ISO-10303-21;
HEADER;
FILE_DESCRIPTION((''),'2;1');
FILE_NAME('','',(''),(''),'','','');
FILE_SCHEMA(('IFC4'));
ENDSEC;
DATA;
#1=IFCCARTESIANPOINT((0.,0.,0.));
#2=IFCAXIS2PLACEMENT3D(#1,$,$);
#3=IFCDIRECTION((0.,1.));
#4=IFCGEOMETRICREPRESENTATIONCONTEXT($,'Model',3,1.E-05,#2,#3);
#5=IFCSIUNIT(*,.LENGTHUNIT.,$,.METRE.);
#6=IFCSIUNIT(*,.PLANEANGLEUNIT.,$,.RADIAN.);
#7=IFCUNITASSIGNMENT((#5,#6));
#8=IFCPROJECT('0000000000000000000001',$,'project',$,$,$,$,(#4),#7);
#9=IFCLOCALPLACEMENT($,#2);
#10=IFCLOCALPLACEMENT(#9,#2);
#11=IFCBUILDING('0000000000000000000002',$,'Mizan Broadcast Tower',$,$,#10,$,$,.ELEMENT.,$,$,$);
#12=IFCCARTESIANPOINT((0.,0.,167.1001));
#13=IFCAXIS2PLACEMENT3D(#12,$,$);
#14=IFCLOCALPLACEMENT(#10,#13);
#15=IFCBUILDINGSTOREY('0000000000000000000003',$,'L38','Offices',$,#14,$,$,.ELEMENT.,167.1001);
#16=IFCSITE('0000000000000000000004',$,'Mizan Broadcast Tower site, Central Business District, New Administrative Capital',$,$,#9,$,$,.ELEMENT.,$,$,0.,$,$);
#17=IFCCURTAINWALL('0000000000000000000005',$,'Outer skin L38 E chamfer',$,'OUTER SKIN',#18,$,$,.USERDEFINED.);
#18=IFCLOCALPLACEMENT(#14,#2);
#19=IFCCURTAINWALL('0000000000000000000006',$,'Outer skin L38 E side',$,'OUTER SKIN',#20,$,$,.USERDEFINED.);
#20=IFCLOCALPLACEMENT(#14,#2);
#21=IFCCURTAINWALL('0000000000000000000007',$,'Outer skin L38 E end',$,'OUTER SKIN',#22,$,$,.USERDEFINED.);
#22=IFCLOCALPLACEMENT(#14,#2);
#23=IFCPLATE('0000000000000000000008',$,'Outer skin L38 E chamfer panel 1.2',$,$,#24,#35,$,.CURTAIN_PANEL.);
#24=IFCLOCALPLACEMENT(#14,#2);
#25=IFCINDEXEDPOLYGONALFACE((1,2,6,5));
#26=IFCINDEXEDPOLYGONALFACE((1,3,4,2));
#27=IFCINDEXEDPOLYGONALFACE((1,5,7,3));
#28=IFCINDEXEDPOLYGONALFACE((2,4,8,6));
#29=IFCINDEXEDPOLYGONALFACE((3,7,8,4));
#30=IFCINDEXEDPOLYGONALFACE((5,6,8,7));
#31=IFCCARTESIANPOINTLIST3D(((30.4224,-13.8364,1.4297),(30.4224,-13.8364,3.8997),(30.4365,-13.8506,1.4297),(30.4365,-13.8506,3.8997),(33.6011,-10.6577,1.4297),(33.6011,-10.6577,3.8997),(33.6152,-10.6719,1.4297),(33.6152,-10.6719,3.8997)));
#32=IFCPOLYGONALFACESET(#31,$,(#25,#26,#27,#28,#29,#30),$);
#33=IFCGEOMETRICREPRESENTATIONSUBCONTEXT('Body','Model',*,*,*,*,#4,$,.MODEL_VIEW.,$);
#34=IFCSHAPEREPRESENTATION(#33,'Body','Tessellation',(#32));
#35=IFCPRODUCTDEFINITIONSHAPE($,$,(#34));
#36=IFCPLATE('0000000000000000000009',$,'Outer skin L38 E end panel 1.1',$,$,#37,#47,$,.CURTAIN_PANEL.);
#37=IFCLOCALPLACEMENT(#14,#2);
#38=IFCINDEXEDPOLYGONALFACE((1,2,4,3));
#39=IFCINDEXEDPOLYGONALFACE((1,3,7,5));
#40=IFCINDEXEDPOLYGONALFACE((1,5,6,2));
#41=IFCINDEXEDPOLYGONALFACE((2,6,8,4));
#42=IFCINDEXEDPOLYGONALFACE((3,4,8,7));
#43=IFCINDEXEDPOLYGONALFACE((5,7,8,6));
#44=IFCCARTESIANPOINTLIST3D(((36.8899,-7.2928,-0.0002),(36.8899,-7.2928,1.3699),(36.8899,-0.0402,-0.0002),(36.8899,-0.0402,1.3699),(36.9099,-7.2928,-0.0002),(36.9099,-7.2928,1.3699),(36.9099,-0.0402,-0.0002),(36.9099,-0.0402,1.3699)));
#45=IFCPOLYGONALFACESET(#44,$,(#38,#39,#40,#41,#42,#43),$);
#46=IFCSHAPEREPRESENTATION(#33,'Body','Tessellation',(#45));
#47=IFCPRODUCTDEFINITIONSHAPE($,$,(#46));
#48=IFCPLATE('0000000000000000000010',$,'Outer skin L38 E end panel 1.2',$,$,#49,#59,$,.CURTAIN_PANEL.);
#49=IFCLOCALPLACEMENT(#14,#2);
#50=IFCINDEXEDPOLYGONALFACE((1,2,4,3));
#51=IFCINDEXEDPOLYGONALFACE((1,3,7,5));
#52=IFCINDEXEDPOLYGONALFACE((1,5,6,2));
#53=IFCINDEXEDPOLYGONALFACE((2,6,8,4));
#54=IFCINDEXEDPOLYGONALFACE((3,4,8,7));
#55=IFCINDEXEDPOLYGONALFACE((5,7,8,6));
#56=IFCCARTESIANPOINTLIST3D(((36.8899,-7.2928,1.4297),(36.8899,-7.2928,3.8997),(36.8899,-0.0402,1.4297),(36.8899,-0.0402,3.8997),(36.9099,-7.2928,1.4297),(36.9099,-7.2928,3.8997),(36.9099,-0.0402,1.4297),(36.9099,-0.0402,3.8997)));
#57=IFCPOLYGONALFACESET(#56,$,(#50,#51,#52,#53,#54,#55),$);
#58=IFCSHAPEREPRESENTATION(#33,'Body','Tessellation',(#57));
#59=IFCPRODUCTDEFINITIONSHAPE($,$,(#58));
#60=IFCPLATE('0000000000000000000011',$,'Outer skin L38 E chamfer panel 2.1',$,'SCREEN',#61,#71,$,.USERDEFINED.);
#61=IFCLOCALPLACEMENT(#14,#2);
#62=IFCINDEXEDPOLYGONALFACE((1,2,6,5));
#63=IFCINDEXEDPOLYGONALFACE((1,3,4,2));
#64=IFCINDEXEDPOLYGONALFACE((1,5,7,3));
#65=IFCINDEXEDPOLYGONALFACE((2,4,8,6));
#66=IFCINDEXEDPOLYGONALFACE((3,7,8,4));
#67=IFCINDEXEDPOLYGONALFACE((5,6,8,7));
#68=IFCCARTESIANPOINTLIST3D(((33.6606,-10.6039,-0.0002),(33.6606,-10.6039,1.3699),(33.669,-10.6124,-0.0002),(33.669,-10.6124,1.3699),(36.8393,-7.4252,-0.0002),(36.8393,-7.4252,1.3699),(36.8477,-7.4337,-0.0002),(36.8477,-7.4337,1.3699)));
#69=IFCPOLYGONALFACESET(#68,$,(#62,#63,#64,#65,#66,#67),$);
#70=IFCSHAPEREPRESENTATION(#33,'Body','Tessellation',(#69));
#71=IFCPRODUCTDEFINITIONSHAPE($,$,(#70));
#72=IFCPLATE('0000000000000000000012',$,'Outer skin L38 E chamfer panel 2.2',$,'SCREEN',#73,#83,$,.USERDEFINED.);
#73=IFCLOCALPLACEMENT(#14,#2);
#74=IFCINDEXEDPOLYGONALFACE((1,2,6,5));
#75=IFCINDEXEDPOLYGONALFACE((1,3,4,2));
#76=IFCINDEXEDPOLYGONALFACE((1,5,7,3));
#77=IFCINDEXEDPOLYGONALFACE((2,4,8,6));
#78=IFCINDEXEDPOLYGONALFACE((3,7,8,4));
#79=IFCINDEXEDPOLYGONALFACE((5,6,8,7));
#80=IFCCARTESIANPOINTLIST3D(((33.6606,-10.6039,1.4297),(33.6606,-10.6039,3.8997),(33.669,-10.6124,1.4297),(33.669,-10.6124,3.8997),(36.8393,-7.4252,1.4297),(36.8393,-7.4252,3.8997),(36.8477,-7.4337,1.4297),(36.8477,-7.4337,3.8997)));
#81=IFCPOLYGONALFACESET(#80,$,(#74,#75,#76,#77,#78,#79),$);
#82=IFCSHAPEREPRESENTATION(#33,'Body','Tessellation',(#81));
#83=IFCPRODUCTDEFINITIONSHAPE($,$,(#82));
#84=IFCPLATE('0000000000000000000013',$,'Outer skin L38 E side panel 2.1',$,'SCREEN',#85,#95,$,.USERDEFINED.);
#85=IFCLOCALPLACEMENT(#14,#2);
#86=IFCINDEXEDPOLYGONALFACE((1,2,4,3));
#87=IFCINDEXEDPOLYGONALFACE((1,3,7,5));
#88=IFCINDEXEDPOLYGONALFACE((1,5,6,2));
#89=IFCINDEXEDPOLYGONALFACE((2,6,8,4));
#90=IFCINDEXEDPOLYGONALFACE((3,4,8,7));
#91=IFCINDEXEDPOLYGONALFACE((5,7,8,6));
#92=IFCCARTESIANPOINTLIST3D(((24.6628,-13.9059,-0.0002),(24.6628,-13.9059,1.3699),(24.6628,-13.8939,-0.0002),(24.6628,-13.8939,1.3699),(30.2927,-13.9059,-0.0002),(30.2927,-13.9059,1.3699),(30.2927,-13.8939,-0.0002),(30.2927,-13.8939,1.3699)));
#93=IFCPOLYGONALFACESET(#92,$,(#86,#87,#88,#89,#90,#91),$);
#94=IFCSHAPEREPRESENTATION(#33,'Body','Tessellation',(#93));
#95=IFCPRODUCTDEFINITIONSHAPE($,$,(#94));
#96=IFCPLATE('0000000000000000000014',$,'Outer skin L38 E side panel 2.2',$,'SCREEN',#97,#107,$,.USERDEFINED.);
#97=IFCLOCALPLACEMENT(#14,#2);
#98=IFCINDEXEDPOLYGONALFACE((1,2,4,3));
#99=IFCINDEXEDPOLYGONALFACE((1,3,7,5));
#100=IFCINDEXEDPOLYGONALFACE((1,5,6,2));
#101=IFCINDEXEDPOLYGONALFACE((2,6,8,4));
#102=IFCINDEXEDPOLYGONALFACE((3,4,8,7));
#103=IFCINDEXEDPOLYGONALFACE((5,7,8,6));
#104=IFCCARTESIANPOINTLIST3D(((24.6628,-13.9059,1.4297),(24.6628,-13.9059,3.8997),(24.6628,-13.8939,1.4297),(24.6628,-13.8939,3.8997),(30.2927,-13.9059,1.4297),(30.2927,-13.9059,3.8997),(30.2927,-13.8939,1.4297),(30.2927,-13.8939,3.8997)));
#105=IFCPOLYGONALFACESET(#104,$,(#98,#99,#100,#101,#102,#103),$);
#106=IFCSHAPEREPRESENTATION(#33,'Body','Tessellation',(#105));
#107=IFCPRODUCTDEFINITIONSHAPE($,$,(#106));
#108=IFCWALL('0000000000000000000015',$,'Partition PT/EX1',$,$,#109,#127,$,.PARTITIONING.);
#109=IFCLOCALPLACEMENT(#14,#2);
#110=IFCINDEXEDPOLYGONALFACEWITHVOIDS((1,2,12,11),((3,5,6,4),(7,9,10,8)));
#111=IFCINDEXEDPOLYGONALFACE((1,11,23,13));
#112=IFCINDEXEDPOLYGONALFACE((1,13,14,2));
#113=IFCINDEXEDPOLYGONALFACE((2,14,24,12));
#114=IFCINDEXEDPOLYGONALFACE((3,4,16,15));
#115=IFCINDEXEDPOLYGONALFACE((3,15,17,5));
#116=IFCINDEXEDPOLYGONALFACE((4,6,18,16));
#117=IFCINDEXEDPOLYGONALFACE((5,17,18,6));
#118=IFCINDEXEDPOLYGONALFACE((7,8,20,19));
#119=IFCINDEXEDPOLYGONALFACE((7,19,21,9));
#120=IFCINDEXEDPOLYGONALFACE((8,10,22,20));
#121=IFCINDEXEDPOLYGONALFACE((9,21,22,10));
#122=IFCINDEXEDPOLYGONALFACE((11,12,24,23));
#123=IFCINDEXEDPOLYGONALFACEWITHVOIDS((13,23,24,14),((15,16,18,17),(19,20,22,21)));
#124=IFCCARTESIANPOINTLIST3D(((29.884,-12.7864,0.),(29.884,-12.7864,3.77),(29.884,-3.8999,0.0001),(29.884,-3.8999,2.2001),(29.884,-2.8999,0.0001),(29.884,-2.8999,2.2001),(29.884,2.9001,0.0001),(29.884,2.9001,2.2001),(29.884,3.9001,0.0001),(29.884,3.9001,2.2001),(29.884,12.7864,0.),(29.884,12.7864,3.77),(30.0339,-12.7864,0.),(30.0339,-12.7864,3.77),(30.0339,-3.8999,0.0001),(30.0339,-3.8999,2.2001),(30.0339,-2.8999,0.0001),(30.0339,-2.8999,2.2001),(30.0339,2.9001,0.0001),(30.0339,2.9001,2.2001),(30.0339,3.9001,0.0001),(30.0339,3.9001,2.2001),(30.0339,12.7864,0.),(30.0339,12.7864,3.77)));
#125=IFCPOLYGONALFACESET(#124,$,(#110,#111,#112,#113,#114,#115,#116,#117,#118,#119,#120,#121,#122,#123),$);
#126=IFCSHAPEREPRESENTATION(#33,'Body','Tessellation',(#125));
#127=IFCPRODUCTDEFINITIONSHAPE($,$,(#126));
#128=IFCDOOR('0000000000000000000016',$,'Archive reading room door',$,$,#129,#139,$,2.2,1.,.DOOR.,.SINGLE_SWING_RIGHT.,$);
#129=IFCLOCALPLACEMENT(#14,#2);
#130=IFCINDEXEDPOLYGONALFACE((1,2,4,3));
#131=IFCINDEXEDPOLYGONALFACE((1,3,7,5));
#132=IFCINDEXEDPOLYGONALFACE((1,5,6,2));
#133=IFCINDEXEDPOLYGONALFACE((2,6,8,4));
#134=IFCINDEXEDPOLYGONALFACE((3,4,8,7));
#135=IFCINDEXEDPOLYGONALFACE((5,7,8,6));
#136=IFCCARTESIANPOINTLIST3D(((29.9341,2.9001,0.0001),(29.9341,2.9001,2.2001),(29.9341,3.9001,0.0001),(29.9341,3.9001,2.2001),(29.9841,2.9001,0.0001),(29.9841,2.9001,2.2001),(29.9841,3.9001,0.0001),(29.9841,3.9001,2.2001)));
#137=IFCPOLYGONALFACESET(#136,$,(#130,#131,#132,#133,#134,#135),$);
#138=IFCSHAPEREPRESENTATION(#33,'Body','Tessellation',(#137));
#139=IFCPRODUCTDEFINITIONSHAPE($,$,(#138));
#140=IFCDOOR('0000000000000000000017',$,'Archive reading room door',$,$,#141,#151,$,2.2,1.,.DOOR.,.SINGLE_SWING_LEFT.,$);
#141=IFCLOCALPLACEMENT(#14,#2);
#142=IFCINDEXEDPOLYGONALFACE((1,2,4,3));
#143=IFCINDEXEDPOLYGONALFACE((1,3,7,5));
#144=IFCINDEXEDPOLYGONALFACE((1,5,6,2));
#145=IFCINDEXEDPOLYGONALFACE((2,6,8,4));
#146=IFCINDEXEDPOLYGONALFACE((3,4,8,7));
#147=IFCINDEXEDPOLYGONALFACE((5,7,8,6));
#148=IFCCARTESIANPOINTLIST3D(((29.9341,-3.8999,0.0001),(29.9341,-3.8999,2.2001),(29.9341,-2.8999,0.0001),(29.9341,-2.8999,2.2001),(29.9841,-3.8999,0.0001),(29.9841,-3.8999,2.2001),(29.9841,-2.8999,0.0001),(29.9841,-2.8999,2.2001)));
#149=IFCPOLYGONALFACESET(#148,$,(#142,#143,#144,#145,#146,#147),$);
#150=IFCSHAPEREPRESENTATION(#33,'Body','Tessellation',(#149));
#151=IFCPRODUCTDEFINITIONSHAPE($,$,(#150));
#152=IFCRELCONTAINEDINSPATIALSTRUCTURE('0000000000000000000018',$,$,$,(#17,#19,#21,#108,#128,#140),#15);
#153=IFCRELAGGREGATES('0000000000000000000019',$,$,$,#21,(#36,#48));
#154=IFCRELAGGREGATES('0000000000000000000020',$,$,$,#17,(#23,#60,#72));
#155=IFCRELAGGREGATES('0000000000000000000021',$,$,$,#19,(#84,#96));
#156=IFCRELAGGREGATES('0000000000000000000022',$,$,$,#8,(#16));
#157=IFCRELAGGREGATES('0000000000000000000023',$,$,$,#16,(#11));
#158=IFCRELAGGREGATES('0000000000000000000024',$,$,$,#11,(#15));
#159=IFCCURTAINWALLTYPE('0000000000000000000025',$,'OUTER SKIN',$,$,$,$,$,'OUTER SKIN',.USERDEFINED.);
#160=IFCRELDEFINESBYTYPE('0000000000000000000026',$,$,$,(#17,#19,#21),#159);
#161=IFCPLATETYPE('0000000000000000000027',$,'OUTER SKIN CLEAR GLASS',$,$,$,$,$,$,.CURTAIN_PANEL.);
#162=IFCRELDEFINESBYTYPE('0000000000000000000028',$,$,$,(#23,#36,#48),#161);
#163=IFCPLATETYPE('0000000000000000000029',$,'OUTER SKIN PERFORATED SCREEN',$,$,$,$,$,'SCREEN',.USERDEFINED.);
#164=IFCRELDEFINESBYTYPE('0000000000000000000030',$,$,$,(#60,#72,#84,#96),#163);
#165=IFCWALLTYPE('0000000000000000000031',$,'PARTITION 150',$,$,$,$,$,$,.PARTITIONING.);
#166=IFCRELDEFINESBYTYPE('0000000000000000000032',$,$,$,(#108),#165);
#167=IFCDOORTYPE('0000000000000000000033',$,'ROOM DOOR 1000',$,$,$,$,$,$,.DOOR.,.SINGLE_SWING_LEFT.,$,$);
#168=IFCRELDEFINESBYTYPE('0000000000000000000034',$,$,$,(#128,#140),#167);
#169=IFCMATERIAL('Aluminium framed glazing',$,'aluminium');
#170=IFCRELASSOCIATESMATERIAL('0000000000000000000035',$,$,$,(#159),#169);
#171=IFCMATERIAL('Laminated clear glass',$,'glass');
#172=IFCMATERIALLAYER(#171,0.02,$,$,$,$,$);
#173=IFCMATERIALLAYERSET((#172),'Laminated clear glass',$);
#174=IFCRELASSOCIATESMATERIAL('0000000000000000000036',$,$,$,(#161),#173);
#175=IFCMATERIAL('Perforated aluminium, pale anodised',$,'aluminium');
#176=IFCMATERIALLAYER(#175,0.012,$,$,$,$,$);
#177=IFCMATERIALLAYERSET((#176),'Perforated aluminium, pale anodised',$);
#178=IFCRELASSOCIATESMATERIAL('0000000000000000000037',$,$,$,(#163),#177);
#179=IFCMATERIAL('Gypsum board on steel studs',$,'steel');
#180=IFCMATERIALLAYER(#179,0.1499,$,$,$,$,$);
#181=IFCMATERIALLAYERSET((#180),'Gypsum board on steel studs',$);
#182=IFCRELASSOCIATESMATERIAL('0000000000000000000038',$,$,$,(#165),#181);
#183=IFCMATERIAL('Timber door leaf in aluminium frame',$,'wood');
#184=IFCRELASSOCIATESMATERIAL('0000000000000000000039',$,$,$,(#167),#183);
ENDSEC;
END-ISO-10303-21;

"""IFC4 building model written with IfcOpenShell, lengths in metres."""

from ifc_helpers import new_model, si_unit, direction, frame, frame_2d, origin, origin_2d, place, context, subcontext, project, spatial, rectangle, extrude, material, layer, layer_set, type_object, element, fill, aggregate, save


model = new_model("IFC4")

# Units and contexts
model_context = context("Model", 3, precision=1e-05, world=origin(), true_north=direction((0.0, 1.0)))
body_context = subcontext(model_context, "Body", "Model", "MODEL_VIEW")
ifc_project = project(units=[si_unit("LENGTHUNIT", "METRE"), si_unit("PLANEANGLEUNIT", "RADIAN")], contexts=[model_context])

# Site, building, storey
site_placement = place(None, origin())
site = spatial("IfcSite", under=ifc_project, at=site_placement, Name="Mizan Broadcast Tower site, Central Business District, New Administrative Capital", CompositionType="ELEMENT", RefElevation=0.0)
building_placement = place(site_placement, origin())
building = spatial("IfcBuilding", under=site, at=building_placement, Name="Mizan Broadcast Tower", CompositionType="ELEMENT")
storey_placement = place(building_placement, frame((0.0, 0.0, 167.1001)))
storey = spatial("IfcBuildingStorey", under=building, at=storey_placement, Name="L38", Description="Offices", CompositionType="ELEMENT", Elevation=167.1001)

# Curtain wall
ifc_material_1 = material(Name="Aluminium framed glazing", Category="aluminium")
curtain_wall_type_1 = type_object("IfcCurtainWallType", Name="OUTER SKIN", ElementType="OUTER SKIN", PredefinedType="USERDEFINED", material=ifc_material_1)
curtain_wall_1_placement = place(storey_placement, origin())
curtain_wall_1 = element("IfcCurtainWall", 1, at=curtain_wall_1_placement, inside=storey, type_object=curtain_wall_type_1, Name="Outer skin L38 E chamfer", ObjectType="OUTER SKIN", PredefinedType="USERDEFINED")

# Curtain wall
curtain_wall_2_placement = place(storey_placement, origin())
curtain_wall_2 = element("IfcCurtainWall", 2, at=curtain_wall_2_placement, inside=storey, type_object=curtain_wall_type_1, Name="Outer skin L38 E side", ObjectType="OUTER SKIN", PredefinedType="USERDEFINED")

# Curtain wall
curtain_wall_3_placement = place(storey_placement, origin())
curtain_wall_3 = element("IfcCurtainWall", 3, at=curtain_wall_3_placement, inside=storey, type_object=curtain_wall_type_1, Name="Outer skin L38 E end", ObjectType="OUTER SKIN", PredefinedType="USERDEFINED")

# Plates
ifc_material_2 = material(Name="Laminated clear glass", Category="glass")
ifc_layer_1 = layer(ifc_material_2, 0.02)
ifc_layer_set_1 = layer_set([ifc_layer_1], Name="Laminated clear glass")
plate_type_1 = type_object("IfcPlateType", Name="OUTER SKIN CLEAR GLASS", PredefinedType="CURTAIN_PANEL", material=ifc_layer_set_1)
plate_1_placement = place(storey_placement, frame((32.0188, -12.2542, 1.4297), z_axis=(0.0, 0.0, 1.0), x_axis=(0.707107, 0.707107, 0.0)))
plate_1 = element("IfcPlate", 4, at=plate_1_placement, type_object=plate_type_1, Name="Outer skin L38 E chamfer panel 1.2", PredefinedType="CURTAIN_PANEL", context=body_context, shape_type="SweptSolid", body=[
    extrude(rectangle(XDim=4.4954, YDim=0.02, at=origin_2d()), origin(), (0.0, 0.0, 1.0), 2.47),
])
plate_2_placement = place(storey_placement, frame((36.8999, -3.6665, -0.0002), z_axis=(0.0, 0.0, 1.0), x_axis=(0.0, 1.0, 0.0)))
plate_2 = element("IfcPlate", 5, at=plate_2_placement, type_object=plate_type_1, Name="Outer skin L38 E end panel 1.1", PredefinedType="CURTAIN_PANEL", context=body_context, shape_type="SweptSolid", body=[
    extrude(rectangle(XDim=7.2527, YDim=0.02, at=origin_2d()), origin(), (0.0, 0.0, 1.0), 1.3701),
])
plate_3_placement = place(storey_placement, frame((36.8999, -3.6665, 1.4297), z_axis=(0.0, 0.0, 1.0), x_axis=(0.0, 1.0, 0.0)))
plate_3 = element("IfcPlate", 6, at=plate_3_placement, type_object=plate_type_1, Name="Outer skin L38 E end panel 1.2", PredefinedType="CURTAIN_PANEL", context=body_context, shape_type="SweptSolid", body=[
    extrude(rectangle(XDim=7.2527, YDim=0.02, at=origin_2d()), origin(), (0.0, 0.0, 1.0), 2.47),
])
aggregate(curtain_wall_3, [plate_2, plate_3])
ifc_material_3 = material(Name="Perforated aluminium, pale anodised", Category="aluminium")
ifc_layer_2 = layer(ifc_material_3, 0.012)
ifc_layer_set_2 = layer_set([ifc_layer_2], Name="Perforated aluminium, pale anodised")
plate_type_2 = type_object("IfcPlateType", Name="OUTER SKIN PERFORATED SCREEN", ElementType="SCREEN", PredefinedType="USERDEFINED", material=ifc_layer_set_2)
plate_4_placement = place(storey_placement, frame((35.2542, -9.0188, -0.0002), z_axis=(0.0, 0.0, 1.0), x_axis=(0.707107, 0.707107, 0.0)))
plate_4 = element("IfcPlate", 7, at=plate_4_placement, type_object=plate_type_2, Name="Outer skin L38 E chamfer panel 2.1", ObjectType="SCREEN", PredefinedType="USERDEFINED", context=body_context, shape_type="SweptSolid", body=[
    extrude(rectangle(XDim=4.4954, YDim=0.012, at=origin_2d()), origin(), (0.0, 0.0, 1.0), 1.3701),
])
plate_5_placement = place(storey_placement, frame((35.2542, -9.0188, 1.4297), z_axis=(0.0, 0.0, 1.0), x_axis=(0.707107, 0.707107, 0.0)))
plate_5 = element("IfcPlate", 8, at=plate_5_placement, type_object=plate_type_2, Name="Outer skin L38 E chamfer panel 2.2", ObjectType="SCREEN", PredefinedType="USERDEFINED", context=body_context, shape_type="SweptSolid", body=[
    extrude(rectangle(XDim=4.4954, YDim=0.012, at=origin_2d()), origin(), (0.0, 0.0, 1.0), 2.47),
])
aggregate(curtain_wall_1, [plate_1, plate_4, plate_5])
plate_6_placement = place(storey_placement, frame((27.4778, -13.8999, -0.0002), z_axis=(0.0, 0.0, 1.0), x_axis=(1.0, 0.0, 0.0)))
plate_6 = element("IfcPlate", 9, at=plate_6_placement, type_object=plate_type_2, Name="Outer skin L38 E side panel 2.1", ObjectType="SCREEN", PredefinedType="USERDEFINED", context=body_context, shape_type="SweptSolid", body=[
    extrude(rectangle(XDim=5.6299, YDim=0.012, at=origin_2d()), origin(), (0.0, 0.0, 1.0), 1.3701),
])
plate_7_placement = place(storey_placement, frame((27.4778, -13.8999, 1.4297), z_axis=(0.0, 0.0, 1.0), x_axis=(1.0, 0.0, 0.0)))
plate_7 = element("IfcPlate", 10, at=plate_7_placement, type_object=plate_type_2, Name="Outer skin L38 E side panel 2.2", ObjectType="SCREEN", PredefinedType="USERDEFINED", context=body_context, shape_type="SweptSolid", body=[
    extrude(rectangle(XDim=5.6299, YDim=0.012, at=origin_2d()), origin(), (0.0, 0.0, 1.0), 2.47),
])
aggregate(curtain_wall_2, [plate_6, plate_7])

# Wall, openings, doors
ifc_material_4 = material(Name="Gypsum board on steel studs", Category="steel")
ifc_layer_3 = layer(ifc_material_4, 0.1499)
ifc_layer_set_3 = layer_set([ifc_layer_3], Name="Gypsum board on steel studs")
wall_type = type_object("IfcWallType", Name="PARTITION 150", PredefinedType="PARTITIONING", material=ifc_layer_set_3)
wall_placement = place(storey_placement, frame((29.959, -12.7864, 0.0), z_axis=(0.0, 0.0, 1.0), x_axis=(0.0, 1.0, 0.0)))
wall = element("IfcWall", 11, at=wall_placement, inside=storey, type_object=wall_type, Name="Partition PT/EX1", PredefinedType="PARTITIONING", context=body_context, shape_type="SweptSolid", body=[
    extrude(rectangle(XDim=25.5728, YDim=0.1499, at=frame_2d((12.7864, 0.0))), origin(), (0.0, 0.0, 1.0), 3.77),
])
opening_1_placement = place(wall_placement, frame((15.6865, 0.0, 0.0)))
opening_1 = element("IfcOpeningElement", 12, at=opening_1_placement, cuts=wall, PredefinedType="OPENING", context=body_context, shape_type="SweptSolid", body=[
    extrude(rectangle(XDim=1.0, YDim=2.2, at=frame_2d((0.5, 1.1001))), frame((0.0, 0.085, 0.0), z_axis=(0.0, -1.0, 0.0), x_axis=(1.0, 0.0, 0.0)), (0.0, 0.0, 1.0), 0.1699),
])
opening_2_placement = place(wall_placement, frame((8.8865, 0.0, 0.0)))
opening_2 = element("IfcOpeningElement", 13, at=opening_2_placement, cuts=wall, PredefinedType="OPENING", context=body_context, shape_type="SweptSolid", body=[
    extrude(rectangle(XDim=1.0, YDim=2.2, at=frame_2d((0.5, 1.1001))), frame((0.0, 0.085, 0.0), z_axis=(0.0, -1.0, 0.0), x_axis=(1.0, 0.0, 0.0)), (0.0, 0.0, 1.0), 0.1699),
])
ifc_material_5 = material(Name="Timber door leaf in aluminium frame", Category="wood")
door_type = type_object("IfcDoorType", Name="ROOM DOOR 1000", OperationType="SINGLE_SWING_LEFT", PredefinedType="DOOR", material=ifc_material_5)
door_1_placement = place(opening_1_placement, origin())
door_1 = element("IfcDoor", 14, at=door_1_placement, inside=storey, type_object=door_type, Name="Archive reading room door", OperationType="SINGLE_SWING_RIGHT", OverallHeight=2.2, OverallWidth=1.0, PredefinedType="DOOR", context=body_context, shape_type="SweptSolid", body=[
    extrude(rectangle(XDim=1.0, YDim=2.2, at=frame_2d((0.5, 1.1001))), frame((0.0, 0.0249, 0.0), z_axis=(0.0, -1.0, 0.0), x_axis=(1.0, 0.0, 0.0)), (0.0, 0.0, 1.0), 0.05),
])
fill(opening_1, door_1)
door_2_placement = place(opening_2_placement, origin())
door_2 = element("IfcDoor", 15, at=door_2_placement, inside=storey, type_object=door_type, Name="Archive reading room door", OperationType="SINGLE_SWING_LEFT", OverallHeight=2.2, OverallWidth=1.0, PredefinedType="DOOR", context=body_context, shape_type="SweptSolid", body=[
    extrude(rectangle(XDim=1.0, YDim=2.2, at=frame_2d((0.5, 1.1001))), frame((0.0, 0.0249, 0.0), z_axis=(0.0, -1.0, 0.0), x_axis=(1.0, 0.0, 0.0)), (0.0, 0.0, 1.0), 0.05),
])
fill(opening_2, door_2)

save(model, "model.ifc")
